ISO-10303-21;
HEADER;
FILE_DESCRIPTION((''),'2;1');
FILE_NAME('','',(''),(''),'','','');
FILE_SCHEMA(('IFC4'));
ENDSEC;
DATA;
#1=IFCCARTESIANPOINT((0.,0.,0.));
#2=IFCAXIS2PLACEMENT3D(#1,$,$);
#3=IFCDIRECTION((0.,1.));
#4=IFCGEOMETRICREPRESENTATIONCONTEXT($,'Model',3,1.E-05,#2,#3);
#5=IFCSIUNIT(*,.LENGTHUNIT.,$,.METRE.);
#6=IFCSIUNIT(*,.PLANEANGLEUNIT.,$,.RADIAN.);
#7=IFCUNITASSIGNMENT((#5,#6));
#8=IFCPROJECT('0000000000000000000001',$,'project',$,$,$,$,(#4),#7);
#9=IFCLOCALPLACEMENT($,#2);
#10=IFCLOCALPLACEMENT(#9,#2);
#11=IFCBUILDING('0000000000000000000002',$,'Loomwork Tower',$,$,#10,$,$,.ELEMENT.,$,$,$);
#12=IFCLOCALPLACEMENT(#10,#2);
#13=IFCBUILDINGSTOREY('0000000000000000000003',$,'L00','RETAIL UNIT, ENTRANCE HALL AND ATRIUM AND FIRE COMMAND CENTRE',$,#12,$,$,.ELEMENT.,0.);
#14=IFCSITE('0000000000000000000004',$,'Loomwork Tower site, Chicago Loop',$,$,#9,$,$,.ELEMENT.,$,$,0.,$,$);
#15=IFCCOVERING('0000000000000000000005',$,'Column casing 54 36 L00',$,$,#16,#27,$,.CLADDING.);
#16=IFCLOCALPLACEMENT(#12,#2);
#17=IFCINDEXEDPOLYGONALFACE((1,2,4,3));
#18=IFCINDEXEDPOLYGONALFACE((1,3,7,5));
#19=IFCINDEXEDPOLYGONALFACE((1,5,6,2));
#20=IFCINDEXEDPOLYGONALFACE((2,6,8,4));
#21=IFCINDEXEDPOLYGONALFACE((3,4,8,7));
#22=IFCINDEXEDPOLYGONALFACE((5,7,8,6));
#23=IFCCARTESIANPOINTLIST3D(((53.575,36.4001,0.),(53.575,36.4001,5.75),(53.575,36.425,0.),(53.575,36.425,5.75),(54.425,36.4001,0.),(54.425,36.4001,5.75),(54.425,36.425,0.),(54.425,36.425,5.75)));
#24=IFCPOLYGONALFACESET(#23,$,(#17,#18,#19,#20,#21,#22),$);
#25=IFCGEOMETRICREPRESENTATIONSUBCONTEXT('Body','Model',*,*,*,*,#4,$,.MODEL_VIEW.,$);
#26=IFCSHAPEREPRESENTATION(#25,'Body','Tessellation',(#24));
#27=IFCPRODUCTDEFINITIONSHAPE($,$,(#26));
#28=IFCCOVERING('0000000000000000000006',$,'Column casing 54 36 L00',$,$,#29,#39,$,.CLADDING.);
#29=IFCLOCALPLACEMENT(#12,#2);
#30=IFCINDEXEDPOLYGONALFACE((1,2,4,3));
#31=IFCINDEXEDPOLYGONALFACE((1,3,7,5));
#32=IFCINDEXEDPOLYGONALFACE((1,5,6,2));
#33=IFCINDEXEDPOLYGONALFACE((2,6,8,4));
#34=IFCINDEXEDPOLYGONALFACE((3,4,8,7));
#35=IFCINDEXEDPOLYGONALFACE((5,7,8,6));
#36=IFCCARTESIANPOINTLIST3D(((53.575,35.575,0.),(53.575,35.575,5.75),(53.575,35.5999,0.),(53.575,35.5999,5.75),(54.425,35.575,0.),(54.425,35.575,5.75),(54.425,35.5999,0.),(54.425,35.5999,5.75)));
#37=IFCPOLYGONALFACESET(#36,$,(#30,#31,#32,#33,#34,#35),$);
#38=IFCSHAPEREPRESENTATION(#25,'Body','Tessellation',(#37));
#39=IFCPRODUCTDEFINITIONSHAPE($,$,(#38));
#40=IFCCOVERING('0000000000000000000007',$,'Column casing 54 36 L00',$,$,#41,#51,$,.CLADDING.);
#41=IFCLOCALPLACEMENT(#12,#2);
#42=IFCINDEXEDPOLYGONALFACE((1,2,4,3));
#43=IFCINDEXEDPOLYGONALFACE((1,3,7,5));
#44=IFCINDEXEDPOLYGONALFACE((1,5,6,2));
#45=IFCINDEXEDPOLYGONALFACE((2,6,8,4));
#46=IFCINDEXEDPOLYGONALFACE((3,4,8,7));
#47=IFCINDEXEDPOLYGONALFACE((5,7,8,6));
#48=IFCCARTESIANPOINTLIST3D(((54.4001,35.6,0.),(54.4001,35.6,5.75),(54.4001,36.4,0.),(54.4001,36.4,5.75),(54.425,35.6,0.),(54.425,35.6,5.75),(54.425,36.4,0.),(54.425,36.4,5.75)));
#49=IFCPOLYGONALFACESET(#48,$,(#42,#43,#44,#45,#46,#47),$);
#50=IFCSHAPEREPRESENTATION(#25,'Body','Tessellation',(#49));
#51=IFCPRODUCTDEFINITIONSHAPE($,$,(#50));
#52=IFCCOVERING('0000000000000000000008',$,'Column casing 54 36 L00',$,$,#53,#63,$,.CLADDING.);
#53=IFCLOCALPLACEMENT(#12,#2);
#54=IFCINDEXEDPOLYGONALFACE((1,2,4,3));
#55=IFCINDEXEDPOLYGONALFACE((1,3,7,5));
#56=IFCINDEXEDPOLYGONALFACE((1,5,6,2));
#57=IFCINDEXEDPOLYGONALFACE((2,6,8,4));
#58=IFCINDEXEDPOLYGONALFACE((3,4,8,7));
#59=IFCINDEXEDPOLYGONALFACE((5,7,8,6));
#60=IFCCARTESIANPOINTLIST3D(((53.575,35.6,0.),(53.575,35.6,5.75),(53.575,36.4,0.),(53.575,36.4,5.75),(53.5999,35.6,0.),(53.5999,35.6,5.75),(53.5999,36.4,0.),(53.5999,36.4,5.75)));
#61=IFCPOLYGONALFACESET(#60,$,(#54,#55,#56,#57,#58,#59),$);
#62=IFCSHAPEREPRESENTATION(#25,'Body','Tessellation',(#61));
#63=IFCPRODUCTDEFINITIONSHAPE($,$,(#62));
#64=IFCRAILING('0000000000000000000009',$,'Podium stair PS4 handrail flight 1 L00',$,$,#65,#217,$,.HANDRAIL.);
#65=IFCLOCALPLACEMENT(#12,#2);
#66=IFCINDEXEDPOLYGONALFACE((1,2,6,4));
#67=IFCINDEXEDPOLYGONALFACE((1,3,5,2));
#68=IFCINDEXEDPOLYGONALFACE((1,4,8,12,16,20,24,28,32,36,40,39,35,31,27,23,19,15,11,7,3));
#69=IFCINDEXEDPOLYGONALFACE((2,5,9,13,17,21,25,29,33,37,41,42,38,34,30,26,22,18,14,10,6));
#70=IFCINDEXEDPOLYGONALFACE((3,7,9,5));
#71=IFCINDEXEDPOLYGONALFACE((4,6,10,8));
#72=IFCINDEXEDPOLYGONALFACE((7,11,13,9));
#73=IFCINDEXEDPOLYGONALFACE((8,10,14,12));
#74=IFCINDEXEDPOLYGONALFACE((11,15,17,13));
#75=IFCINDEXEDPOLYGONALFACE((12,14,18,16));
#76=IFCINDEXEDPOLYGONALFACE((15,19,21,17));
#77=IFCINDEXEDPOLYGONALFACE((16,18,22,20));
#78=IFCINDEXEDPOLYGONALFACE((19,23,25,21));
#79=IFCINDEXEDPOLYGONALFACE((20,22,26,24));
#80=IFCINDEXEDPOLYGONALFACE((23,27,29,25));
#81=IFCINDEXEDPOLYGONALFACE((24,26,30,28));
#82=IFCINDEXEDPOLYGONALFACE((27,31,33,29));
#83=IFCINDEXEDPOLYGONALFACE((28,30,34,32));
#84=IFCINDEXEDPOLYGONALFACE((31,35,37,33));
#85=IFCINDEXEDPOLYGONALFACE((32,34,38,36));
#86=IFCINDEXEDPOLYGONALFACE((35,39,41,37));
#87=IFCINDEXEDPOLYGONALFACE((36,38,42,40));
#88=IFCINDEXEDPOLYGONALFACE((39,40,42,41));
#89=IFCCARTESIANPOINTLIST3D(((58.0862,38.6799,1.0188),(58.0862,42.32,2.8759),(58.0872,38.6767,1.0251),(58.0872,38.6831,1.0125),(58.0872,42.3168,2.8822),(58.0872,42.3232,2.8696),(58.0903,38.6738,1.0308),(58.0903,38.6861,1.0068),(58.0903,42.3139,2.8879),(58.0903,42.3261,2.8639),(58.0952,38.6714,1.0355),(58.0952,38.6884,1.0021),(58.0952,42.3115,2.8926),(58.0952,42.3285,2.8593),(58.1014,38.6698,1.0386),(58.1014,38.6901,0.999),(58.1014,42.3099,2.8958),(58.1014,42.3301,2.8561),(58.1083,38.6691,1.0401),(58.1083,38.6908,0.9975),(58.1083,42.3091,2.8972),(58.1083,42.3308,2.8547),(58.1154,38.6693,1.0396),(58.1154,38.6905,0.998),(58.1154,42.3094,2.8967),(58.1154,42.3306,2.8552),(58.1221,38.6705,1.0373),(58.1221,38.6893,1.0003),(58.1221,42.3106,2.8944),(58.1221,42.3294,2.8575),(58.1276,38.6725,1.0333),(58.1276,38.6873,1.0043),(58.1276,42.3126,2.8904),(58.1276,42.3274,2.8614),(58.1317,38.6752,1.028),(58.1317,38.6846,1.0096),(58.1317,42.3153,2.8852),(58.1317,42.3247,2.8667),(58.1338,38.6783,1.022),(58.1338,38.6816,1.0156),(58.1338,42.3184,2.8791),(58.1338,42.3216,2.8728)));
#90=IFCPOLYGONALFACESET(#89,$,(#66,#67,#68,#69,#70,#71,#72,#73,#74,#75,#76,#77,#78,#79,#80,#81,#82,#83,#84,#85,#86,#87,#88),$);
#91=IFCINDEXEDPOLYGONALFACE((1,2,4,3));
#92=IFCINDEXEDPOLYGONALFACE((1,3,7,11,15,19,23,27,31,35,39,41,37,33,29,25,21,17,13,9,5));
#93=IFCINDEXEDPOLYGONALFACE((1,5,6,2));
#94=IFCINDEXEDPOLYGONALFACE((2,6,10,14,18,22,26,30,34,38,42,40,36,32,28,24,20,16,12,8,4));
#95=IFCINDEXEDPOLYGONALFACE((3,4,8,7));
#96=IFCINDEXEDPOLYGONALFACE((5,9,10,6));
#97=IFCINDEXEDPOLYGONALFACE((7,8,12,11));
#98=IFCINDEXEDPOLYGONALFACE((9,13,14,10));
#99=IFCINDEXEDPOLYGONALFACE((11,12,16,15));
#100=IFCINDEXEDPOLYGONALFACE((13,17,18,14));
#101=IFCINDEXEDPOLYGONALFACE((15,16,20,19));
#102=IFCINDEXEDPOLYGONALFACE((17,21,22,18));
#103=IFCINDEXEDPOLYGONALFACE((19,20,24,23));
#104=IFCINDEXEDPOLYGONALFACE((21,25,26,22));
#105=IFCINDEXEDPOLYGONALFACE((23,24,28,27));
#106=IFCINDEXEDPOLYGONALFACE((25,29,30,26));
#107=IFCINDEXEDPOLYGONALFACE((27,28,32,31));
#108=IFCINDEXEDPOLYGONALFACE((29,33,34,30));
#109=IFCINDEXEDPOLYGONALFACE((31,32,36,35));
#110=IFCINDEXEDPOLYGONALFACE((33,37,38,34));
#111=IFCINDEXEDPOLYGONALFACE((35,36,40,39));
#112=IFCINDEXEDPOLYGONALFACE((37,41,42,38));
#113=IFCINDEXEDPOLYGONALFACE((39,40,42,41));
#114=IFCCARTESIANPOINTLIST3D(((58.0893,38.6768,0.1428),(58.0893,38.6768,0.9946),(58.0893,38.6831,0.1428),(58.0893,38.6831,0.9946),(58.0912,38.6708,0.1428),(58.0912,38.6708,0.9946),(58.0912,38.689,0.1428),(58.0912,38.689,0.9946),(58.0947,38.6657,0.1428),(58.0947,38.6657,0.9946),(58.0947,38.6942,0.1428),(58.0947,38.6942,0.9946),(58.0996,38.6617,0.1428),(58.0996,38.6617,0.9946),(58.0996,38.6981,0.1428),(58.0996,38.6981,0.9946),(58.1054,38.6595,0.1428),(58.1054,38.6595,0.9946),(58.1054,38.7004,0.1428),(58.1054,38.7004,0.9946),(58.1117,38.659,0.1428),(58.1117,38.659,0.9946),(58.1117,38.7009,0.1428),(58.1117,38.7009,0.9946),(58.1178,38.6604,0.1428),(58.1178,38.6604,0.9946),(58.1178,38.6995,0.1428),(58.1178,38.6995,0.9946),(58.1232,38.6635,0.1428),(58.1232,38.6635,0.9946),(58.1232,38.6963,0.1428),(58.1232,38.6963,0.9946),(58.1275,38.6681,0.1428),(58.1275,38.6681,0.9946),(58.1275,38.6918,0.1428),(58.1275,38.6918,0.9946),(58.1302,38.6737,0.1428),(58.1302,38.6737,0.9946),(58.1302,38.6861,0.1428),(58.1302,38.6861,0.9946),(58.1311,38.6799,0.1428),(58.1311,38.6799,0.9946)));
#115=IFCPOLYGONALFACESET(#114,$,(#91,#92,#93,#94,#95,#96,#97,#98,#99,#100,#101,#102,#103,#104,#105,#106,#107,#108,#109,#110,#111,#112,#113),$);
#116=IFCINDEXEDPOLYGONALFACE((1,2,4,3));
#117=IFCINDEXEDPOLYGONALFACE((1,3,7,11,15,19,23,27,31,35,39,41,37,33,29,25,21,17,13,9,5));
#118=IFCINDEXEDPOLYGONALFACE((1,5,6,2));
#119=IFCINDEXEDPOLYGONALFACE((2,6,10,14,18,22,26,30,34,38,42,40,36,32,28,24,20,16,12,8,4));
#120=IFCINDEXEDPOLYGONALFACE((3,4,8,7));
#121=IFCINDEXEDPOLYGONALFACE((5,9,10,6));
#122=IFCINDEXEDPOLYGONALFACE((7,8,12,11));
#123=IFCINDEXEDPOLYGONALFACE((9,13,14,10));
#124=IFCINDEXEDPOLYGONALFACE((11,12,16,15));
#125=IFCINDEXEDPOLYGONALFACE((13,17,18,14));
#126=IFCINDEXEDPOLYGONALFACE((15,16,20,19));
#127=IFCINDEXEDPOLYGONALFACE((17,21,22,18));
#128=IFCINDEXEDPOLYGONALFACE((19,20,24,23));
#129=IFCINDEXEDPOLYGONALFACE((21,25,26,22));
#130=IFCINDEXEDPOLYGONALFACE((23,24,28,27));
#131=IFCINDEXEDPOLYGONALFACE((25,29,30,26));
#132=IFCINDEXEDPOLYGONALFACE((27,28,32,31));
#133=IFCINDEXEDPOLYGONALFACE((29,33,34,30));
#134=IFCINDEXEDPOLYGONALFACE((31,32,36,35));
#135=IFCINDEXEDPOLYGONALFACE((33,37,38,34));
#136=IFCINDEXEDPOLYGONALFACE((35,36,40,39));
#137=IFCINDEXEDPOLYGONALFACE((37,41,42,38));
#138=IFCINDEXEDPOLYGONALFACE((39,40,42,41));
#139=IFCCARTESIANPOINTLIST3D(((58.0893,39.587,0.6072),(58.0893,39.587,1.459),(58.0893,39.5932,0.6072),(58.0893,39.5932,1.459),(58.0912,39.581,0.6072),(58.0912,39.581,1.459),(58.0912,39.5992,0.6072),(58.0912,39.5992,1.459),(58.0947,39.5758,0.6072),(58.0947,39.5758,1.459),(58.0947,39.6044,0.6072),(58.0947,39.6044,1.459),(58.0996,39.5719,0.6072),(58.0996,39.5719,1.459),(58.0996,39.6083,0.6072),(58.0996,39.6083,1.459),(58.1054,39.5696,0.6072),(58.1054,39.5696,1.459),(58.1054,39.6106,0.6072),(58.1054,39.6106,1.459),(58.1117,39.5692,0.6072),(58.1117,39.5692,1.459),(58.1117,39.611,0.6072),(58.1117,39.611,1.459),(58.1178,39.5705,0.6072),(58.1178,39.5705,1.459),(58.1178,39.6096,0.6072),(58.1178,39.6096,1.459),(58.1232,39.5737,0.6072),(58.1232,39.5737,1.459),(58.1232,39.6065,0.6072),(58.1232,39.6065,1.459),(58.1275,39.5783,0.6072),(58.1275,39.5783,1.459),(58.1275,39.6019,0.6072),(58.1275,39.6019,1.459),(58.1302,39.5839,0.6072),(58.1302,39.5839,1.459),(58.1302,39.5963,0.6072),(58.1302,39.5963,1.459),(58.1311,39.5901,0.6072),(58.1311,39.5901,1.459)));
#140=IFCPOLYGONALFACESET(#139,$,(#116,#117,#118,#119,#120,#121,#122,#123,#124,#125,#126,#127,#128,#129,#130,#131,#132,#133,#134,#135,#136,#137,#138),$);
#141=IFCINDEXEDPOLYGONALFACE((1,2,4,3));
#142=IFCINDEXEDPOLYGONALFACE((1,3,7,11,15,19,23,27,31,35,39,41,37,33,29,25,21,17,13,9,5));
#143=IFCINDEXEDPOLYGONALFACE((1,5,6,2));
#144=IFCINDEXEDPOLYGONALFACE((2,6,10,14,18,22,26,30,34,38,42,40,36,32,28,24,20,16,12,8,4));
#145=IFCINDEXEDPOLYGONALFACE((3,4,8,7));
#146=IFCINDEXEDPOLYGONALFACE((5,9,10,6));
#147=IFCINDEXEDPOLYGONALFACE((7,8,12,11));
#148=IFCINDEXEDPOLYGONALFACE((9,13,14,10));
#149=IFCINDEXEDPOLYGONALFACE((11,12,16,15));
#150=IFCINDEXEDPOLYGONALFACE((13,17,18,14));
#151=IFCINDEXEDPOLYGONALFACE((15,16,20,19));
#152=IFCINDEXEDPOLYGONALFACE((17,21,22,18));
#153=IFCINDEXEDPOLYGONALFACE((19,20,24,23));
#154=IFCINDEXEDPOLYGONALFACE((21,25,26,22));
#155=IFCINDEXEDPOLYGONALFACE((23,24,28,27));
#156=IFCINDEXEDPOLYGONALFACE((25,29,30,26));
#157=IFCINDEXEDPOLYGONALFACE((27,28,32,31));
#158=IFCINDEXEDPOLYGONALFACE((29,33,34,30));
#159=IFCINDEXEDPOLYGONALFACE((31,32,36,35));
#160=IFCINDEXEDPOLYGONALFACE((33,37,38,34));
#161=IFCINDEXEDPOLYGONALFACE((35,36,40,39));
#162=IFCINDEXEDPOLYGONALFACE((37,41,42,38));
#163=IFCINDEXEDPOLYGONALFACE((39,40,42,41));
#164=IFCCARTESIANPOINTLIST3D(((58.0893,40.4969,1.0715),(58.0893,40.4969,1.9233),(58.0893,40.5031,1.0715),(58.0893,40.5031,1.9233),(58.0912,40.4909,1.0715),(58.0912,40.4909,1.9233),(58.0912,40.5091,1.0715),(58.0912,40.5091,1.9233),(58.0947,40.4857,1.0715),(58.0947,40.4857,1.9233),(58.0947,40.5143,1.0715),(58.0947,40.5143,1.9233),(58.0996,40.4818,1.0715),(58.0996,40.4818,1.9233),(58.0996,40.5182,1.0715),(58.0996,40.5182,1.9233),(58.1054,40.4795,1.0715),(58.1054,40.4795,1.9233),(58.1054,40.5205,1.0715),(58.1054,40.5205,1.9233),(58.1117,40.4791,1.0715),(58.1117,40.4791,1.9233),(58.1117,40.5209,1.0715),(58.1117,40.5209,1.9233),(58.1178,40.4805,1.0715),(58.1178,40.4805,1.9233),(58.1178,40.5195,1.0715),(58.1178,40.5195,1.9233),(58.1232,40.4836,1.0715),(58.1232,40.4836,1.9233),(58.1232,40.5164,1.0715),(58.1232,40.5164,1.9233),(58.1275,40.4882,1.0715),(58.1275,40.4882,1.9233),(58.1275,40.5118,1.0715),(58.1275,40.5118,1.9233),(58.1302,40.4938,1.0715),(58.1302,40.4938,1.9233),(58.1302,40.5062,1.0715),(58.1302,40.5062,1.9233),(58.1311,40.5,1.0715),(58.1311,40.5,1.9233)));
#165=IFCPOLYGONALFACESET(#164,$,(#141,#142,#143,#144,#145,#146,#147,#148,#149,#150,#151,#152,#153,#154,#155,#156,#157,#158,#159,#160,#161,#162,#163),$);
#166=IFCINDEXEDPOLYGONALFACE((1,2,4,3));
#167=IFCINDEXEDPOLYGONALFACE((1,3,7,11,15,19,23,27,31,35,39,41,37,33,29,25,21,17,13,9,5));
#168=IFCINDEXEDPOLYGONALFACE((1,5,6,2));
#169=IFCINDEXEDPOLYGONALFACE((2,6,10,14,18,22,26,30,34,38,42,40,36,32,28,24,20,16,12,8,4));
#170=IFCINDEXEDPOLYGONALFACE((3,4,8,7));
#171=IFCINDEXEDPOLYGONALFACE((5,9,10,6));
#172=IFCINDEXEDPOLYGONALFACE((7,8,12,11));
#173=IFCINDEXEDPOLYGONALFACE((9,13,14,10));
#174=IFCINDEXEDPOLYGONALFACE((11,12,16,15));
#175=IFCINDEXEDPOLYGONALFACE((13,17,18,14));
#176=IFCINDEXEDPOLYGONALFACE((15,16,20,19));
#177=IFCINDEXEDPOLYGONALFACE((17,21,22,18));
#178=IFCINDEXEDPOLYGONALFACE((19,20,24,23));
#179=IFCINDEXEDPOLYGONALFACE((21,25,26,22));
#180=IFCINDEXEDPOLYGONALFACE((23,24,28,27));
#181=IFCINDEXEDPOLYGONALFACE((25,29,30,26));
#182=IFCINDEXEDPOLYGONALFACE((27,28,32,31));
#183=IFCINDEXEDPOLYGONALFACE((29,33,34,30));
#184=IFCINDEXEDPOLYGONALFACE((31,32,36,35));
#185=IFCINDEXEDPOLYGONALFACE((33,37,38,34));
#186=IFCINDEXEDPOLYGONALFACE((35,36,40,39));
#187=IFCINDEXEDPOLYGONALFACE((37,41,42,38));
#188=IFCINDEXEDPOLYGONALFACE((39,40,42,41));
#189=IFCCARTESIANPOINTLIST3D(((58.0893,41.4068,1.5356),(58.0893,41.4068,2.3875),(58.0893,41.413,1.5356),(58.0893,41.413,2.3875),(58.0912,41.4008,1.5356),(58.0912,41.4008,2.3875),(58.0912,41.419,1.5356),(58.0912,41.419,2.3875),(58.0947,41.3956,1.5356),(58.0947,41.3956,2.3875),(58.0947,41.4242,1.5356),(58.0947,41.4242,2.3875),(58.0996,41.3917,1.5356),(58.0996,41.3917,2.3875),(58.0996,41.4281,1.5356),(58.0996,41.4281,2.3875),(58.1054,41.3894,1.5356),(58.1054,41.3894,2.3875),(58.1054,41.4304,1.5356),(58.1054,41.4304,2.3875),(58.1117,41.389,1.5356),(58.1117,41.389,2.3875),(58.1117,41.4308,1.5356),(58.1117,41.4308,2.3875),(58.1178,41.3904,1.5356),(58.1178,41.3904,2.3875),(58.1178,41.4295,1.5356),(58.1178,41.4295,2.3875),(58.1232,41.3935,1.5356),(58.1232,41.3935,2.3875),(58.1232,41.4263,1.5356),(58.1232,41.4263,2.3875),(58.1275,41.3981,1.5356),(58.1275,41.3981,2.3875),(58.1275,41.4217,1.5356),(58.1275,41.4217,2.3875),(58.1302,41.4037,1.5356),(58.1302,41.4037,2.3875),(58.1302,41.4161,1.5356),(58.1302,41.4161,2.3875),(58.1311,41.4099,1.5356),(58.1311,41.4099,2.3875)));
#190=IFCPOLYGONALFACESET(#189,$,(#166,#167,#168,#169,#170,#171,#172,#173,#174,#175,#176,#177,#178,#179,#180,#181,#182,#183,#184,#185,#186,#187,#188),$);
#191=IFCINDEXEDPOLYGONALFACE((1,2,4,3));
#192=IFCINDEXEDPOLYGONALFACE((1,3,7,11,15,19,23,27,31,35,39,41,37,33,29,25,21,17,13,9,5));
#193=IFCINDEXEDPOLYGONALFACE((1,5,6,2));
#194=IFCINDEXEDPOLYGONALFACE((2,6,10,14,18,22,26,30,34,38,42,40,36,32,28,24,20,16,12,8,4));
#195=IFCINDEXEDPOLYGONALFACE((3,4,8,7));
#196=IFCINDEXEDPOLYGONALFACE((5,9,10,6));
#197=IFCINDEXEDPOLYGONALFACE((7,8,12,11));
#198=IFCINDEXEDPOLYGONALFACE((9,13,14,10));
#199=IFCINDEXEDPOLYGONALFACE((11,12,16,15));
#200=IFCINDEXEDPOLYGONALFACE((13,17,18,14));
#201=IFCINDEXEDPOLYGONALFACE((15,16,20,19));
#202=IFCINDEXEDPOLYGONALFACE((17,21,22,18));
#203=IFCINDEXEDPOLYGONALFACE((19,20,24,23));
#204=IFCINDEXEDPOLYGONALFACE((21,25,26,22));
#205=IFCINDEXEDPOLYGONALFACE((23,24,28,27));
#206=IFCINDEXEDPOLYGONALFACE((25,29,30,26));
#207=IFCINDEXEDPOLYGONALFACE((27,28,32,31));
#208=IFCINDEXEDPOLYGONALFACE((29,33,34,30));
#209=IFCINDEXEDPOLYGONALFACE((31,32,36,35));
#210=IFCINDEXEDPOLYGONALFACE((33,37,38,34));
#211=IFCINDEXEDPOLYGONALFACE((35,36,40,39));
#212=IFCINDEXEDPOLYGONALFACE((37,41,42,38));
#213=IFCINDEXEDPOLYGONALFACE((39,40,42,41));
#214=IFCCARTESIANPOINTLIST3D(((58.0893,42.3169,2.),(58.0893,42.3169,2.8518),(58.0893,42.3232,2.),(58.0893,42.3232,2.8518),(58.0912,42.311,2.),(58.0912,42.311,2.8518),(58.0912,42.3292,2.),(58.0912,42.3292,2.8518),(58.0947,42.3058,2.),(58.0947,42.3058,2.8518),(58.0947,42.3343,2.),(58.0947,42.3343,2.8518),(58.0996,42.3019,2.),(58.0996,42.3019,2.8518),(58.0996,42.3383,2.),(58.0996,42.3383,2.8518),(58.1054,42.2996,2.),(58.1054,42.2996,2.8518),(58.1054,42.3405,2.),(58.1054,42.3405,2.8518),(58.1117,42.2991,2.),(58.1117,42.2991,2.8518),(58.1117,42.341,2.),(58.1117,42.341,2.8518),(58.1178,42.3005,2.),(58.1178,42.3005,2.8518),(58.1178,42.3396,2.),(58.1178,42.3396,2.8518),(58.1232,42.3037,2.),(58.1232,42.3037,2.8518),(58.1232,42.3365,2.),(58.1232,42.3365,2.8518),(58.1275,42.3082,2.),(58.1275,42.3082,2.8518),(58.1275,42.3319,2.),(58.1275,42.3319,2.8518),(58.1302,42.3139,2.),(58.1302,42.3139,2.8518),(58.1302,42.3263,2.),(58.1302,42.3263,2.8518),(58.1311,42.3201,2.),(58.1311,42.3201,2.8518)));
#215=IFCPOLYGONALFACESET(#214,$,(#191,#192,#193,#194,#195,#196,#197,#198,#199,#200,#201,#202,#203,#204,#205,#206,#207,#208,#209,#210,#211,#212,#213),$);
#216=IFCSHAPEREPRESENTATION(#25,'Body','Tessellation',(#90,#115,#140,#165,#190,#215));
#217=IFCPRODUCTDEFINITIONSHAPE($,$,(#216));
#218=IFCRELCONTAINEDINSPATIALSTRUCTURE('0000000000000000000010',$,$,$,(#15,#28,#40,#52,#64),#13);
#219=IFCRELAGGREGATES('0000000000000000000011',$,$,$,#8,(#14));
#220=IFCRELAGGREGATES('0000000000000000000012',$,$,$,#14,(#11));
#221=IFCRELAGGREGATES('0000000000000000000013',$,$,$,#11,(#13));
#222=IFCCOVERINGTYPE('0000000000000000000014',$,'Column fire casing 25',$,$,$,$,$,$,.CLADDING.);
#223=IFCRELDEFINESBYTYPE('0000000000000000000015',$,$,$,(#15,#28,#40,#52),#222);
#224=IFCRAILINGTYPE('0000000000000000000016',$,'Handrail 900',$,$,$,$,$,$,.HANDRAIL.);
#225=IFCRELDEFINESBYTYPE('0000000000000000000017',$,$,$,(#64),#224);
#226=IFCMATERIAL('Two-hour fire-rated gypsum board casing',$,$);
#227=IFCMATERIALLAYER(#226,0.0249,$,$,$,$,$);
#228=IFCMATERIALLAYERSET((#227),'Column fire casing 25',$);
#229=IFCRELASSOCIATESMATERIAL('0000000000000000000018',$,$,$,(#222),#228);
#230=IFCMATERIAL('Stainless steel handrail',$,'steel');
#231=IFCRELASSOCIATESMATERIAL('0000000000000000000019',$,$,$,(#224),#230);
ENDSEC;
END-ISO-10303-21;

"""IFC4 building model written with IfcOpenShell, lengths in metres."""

from ifc_helpers import new_model, si_unit, direction, frame, origin, origin_2d, place, context, subcontext, project, spatial, rectangle, circle, extrude, material, layer, layer_set, type_object, element, save


model = new_model("IFC4")

# Units and contexts
model_context = context("Model", 3, precision=1e-05, world=origin(), true_north=direction((0.0, 1.0)))
body_context = subcontext(model_context, "Body", "Model", "MODEL_VIEW")
ifc_project = project(units=[si_unit("LENGTHUNIT", "METRE"), si_unit("PLANEANGLEUNIT", "RADIAN")], contexts=[model_context])

# Site, building, storey
site_placement = place(None, origin())
site = spatial("IfcSite", under=ifc_project, at=site_placement, Name="Loomwork Tower site, Chicago Loop", CompositionType="ELEMENT", RefElevation=0.0)
building_placement = place(site_placement, origin())
building = spatial("IfcBuilding", under=site, at=building_placement, Name="Loomwork Tower", CompositionType="ELEMENT")
storey_placement = place(building_placement, origin())
storey = spatial("IfcBuildingStorey", under=building, at=storey_placement, Name="L00", Description="RETAIL UNIT, ENTRANCE HALL AND ATRIUM AND FIRE COMMAND CENTRE", CompositionType="ELEMENT", Elevation=0.0)

# Coverings
ifc_material_1 = material(Name="Two-hour fire-rated gypsum board casing")
ifc_layer_1 = layer(ifc_material_1, 0.0249)
ifc_layer_set_1 = layer_set([ifc_layer_1], Name="Column fire casing 25")
covering_type_1 = type_object("IfcCoveringType", Name="Column fire casing 25", PredefinedType="CLADDING", material=ifc_layer_set_1)
for number, where, z_axis, x_axis, name in (
    (1, (54.0, 36.4126, 0.0), (0.0, 0.0, 1.0), (1.0, 0.0, 0.0), "Column casing 54 36 L00"),
    (2, (54.0, 35.5874, 0.0), (0.0, 0.0, 1.0), (1.0, 0.0, 0.0), "Column casing 54 36 L00"),
):
    element("IfcCovering", number, at=place(storey_placement, frame(where, z_axis=z_axis, x_axis=x_axis)), inside=storey, type_object=covering_type_1, Name=name, PredefinedType="CLADDING", context=body_context, shape_type="SweptSolid", body=[
        extrude(rectangle(XDim=0.8501, YDim=0.0249, at=origin_2d()), origin(), (0.0, 0.0, 1.0), 5.75),
    ])
for number, where, z_axis, x_axis, name in (
    (3, (54.4126, 36.0, 0.0), (0.0, 0.0, 1.0), (1.0, 0.0, 0.0), "Column casing 54 36 L00"),
    (4, (53.5874, 36.0, 0.0), (0.0, 0.0, 1.0), (1.0, 0.0, 0.0), "Column casing 54 36 L00"),
):
    element("IfcCovering", number, at=place(storey_placement, frame(where, z_axis=z_axis, x_axis=x_axis)), inside=storey, type_object=covering_type_1, Name=name, PredefinedType="CLADDING", context=body_context, shape_type="SweptSolid", body=[
        extrude(rectangle(XDim=0.0249, YDim=0.8, at=origin_2d()), origin(), (0.0, 0.0, 1.0), 5.75),
    ])

# Railing
ifc_material_2 = material(Name="Stainless steel handrail", Category="steel")
railing_type = type_object("IfcRailingType", Name="Handrail 900", PredefinedType="HANDRAIL", material=ifc_material_2)
railing_placement = place(storey_placement, frame((58.1101, 38.6799, 0.1428)))
element("IfcRailing", 5, at=railing_placement, inside=storey, type_object=railing_type, Name="Podium stair PS4 handrail flight 1 L00", PredefinedType="HANDRAIL", context=body_context, shape_type="SweptSolid", body=[
    extrude(circle(Radius=0.0239, at=origin_2d()), frame((0.0, 0.0, 0.876), z_axis=(0.0, 0.890765, 0.454464), x_axis=(-1.0, 0.0, 0.0)), (0.0, 0.0, 1.0), 4.0864),
    extrude(circle(Radius=0.021, at=origin_2d()), origin(), (0.0, 0.0, 1.0), 0.8518),
    extrude(circle(Radius=0.021, at=origin_2d()), frame((0.0, 0.9102, 0.4644)), (0.0, 0.0, 1.0), 0.8518),
    extrude(circle(Radius=0.021, at=origin_2d()), frame((0.0, 1.8201, 0.9287)), (0.0, 0.0, 1.0), 0.8518),
    extrude(circle(Radius=0.021, at=origin_2d()), frame((0.0, 2.73, 1.3928)), (0.0, 0.0, 1.0), 0.8518),
    extrude(circle(Radius=0.021, at=origin_2d()), frame((0.0, 3.6401, 1.8572)), (0.0, 0.0, 1.0), 0.8518),
])

save(model, "model.ifc")
